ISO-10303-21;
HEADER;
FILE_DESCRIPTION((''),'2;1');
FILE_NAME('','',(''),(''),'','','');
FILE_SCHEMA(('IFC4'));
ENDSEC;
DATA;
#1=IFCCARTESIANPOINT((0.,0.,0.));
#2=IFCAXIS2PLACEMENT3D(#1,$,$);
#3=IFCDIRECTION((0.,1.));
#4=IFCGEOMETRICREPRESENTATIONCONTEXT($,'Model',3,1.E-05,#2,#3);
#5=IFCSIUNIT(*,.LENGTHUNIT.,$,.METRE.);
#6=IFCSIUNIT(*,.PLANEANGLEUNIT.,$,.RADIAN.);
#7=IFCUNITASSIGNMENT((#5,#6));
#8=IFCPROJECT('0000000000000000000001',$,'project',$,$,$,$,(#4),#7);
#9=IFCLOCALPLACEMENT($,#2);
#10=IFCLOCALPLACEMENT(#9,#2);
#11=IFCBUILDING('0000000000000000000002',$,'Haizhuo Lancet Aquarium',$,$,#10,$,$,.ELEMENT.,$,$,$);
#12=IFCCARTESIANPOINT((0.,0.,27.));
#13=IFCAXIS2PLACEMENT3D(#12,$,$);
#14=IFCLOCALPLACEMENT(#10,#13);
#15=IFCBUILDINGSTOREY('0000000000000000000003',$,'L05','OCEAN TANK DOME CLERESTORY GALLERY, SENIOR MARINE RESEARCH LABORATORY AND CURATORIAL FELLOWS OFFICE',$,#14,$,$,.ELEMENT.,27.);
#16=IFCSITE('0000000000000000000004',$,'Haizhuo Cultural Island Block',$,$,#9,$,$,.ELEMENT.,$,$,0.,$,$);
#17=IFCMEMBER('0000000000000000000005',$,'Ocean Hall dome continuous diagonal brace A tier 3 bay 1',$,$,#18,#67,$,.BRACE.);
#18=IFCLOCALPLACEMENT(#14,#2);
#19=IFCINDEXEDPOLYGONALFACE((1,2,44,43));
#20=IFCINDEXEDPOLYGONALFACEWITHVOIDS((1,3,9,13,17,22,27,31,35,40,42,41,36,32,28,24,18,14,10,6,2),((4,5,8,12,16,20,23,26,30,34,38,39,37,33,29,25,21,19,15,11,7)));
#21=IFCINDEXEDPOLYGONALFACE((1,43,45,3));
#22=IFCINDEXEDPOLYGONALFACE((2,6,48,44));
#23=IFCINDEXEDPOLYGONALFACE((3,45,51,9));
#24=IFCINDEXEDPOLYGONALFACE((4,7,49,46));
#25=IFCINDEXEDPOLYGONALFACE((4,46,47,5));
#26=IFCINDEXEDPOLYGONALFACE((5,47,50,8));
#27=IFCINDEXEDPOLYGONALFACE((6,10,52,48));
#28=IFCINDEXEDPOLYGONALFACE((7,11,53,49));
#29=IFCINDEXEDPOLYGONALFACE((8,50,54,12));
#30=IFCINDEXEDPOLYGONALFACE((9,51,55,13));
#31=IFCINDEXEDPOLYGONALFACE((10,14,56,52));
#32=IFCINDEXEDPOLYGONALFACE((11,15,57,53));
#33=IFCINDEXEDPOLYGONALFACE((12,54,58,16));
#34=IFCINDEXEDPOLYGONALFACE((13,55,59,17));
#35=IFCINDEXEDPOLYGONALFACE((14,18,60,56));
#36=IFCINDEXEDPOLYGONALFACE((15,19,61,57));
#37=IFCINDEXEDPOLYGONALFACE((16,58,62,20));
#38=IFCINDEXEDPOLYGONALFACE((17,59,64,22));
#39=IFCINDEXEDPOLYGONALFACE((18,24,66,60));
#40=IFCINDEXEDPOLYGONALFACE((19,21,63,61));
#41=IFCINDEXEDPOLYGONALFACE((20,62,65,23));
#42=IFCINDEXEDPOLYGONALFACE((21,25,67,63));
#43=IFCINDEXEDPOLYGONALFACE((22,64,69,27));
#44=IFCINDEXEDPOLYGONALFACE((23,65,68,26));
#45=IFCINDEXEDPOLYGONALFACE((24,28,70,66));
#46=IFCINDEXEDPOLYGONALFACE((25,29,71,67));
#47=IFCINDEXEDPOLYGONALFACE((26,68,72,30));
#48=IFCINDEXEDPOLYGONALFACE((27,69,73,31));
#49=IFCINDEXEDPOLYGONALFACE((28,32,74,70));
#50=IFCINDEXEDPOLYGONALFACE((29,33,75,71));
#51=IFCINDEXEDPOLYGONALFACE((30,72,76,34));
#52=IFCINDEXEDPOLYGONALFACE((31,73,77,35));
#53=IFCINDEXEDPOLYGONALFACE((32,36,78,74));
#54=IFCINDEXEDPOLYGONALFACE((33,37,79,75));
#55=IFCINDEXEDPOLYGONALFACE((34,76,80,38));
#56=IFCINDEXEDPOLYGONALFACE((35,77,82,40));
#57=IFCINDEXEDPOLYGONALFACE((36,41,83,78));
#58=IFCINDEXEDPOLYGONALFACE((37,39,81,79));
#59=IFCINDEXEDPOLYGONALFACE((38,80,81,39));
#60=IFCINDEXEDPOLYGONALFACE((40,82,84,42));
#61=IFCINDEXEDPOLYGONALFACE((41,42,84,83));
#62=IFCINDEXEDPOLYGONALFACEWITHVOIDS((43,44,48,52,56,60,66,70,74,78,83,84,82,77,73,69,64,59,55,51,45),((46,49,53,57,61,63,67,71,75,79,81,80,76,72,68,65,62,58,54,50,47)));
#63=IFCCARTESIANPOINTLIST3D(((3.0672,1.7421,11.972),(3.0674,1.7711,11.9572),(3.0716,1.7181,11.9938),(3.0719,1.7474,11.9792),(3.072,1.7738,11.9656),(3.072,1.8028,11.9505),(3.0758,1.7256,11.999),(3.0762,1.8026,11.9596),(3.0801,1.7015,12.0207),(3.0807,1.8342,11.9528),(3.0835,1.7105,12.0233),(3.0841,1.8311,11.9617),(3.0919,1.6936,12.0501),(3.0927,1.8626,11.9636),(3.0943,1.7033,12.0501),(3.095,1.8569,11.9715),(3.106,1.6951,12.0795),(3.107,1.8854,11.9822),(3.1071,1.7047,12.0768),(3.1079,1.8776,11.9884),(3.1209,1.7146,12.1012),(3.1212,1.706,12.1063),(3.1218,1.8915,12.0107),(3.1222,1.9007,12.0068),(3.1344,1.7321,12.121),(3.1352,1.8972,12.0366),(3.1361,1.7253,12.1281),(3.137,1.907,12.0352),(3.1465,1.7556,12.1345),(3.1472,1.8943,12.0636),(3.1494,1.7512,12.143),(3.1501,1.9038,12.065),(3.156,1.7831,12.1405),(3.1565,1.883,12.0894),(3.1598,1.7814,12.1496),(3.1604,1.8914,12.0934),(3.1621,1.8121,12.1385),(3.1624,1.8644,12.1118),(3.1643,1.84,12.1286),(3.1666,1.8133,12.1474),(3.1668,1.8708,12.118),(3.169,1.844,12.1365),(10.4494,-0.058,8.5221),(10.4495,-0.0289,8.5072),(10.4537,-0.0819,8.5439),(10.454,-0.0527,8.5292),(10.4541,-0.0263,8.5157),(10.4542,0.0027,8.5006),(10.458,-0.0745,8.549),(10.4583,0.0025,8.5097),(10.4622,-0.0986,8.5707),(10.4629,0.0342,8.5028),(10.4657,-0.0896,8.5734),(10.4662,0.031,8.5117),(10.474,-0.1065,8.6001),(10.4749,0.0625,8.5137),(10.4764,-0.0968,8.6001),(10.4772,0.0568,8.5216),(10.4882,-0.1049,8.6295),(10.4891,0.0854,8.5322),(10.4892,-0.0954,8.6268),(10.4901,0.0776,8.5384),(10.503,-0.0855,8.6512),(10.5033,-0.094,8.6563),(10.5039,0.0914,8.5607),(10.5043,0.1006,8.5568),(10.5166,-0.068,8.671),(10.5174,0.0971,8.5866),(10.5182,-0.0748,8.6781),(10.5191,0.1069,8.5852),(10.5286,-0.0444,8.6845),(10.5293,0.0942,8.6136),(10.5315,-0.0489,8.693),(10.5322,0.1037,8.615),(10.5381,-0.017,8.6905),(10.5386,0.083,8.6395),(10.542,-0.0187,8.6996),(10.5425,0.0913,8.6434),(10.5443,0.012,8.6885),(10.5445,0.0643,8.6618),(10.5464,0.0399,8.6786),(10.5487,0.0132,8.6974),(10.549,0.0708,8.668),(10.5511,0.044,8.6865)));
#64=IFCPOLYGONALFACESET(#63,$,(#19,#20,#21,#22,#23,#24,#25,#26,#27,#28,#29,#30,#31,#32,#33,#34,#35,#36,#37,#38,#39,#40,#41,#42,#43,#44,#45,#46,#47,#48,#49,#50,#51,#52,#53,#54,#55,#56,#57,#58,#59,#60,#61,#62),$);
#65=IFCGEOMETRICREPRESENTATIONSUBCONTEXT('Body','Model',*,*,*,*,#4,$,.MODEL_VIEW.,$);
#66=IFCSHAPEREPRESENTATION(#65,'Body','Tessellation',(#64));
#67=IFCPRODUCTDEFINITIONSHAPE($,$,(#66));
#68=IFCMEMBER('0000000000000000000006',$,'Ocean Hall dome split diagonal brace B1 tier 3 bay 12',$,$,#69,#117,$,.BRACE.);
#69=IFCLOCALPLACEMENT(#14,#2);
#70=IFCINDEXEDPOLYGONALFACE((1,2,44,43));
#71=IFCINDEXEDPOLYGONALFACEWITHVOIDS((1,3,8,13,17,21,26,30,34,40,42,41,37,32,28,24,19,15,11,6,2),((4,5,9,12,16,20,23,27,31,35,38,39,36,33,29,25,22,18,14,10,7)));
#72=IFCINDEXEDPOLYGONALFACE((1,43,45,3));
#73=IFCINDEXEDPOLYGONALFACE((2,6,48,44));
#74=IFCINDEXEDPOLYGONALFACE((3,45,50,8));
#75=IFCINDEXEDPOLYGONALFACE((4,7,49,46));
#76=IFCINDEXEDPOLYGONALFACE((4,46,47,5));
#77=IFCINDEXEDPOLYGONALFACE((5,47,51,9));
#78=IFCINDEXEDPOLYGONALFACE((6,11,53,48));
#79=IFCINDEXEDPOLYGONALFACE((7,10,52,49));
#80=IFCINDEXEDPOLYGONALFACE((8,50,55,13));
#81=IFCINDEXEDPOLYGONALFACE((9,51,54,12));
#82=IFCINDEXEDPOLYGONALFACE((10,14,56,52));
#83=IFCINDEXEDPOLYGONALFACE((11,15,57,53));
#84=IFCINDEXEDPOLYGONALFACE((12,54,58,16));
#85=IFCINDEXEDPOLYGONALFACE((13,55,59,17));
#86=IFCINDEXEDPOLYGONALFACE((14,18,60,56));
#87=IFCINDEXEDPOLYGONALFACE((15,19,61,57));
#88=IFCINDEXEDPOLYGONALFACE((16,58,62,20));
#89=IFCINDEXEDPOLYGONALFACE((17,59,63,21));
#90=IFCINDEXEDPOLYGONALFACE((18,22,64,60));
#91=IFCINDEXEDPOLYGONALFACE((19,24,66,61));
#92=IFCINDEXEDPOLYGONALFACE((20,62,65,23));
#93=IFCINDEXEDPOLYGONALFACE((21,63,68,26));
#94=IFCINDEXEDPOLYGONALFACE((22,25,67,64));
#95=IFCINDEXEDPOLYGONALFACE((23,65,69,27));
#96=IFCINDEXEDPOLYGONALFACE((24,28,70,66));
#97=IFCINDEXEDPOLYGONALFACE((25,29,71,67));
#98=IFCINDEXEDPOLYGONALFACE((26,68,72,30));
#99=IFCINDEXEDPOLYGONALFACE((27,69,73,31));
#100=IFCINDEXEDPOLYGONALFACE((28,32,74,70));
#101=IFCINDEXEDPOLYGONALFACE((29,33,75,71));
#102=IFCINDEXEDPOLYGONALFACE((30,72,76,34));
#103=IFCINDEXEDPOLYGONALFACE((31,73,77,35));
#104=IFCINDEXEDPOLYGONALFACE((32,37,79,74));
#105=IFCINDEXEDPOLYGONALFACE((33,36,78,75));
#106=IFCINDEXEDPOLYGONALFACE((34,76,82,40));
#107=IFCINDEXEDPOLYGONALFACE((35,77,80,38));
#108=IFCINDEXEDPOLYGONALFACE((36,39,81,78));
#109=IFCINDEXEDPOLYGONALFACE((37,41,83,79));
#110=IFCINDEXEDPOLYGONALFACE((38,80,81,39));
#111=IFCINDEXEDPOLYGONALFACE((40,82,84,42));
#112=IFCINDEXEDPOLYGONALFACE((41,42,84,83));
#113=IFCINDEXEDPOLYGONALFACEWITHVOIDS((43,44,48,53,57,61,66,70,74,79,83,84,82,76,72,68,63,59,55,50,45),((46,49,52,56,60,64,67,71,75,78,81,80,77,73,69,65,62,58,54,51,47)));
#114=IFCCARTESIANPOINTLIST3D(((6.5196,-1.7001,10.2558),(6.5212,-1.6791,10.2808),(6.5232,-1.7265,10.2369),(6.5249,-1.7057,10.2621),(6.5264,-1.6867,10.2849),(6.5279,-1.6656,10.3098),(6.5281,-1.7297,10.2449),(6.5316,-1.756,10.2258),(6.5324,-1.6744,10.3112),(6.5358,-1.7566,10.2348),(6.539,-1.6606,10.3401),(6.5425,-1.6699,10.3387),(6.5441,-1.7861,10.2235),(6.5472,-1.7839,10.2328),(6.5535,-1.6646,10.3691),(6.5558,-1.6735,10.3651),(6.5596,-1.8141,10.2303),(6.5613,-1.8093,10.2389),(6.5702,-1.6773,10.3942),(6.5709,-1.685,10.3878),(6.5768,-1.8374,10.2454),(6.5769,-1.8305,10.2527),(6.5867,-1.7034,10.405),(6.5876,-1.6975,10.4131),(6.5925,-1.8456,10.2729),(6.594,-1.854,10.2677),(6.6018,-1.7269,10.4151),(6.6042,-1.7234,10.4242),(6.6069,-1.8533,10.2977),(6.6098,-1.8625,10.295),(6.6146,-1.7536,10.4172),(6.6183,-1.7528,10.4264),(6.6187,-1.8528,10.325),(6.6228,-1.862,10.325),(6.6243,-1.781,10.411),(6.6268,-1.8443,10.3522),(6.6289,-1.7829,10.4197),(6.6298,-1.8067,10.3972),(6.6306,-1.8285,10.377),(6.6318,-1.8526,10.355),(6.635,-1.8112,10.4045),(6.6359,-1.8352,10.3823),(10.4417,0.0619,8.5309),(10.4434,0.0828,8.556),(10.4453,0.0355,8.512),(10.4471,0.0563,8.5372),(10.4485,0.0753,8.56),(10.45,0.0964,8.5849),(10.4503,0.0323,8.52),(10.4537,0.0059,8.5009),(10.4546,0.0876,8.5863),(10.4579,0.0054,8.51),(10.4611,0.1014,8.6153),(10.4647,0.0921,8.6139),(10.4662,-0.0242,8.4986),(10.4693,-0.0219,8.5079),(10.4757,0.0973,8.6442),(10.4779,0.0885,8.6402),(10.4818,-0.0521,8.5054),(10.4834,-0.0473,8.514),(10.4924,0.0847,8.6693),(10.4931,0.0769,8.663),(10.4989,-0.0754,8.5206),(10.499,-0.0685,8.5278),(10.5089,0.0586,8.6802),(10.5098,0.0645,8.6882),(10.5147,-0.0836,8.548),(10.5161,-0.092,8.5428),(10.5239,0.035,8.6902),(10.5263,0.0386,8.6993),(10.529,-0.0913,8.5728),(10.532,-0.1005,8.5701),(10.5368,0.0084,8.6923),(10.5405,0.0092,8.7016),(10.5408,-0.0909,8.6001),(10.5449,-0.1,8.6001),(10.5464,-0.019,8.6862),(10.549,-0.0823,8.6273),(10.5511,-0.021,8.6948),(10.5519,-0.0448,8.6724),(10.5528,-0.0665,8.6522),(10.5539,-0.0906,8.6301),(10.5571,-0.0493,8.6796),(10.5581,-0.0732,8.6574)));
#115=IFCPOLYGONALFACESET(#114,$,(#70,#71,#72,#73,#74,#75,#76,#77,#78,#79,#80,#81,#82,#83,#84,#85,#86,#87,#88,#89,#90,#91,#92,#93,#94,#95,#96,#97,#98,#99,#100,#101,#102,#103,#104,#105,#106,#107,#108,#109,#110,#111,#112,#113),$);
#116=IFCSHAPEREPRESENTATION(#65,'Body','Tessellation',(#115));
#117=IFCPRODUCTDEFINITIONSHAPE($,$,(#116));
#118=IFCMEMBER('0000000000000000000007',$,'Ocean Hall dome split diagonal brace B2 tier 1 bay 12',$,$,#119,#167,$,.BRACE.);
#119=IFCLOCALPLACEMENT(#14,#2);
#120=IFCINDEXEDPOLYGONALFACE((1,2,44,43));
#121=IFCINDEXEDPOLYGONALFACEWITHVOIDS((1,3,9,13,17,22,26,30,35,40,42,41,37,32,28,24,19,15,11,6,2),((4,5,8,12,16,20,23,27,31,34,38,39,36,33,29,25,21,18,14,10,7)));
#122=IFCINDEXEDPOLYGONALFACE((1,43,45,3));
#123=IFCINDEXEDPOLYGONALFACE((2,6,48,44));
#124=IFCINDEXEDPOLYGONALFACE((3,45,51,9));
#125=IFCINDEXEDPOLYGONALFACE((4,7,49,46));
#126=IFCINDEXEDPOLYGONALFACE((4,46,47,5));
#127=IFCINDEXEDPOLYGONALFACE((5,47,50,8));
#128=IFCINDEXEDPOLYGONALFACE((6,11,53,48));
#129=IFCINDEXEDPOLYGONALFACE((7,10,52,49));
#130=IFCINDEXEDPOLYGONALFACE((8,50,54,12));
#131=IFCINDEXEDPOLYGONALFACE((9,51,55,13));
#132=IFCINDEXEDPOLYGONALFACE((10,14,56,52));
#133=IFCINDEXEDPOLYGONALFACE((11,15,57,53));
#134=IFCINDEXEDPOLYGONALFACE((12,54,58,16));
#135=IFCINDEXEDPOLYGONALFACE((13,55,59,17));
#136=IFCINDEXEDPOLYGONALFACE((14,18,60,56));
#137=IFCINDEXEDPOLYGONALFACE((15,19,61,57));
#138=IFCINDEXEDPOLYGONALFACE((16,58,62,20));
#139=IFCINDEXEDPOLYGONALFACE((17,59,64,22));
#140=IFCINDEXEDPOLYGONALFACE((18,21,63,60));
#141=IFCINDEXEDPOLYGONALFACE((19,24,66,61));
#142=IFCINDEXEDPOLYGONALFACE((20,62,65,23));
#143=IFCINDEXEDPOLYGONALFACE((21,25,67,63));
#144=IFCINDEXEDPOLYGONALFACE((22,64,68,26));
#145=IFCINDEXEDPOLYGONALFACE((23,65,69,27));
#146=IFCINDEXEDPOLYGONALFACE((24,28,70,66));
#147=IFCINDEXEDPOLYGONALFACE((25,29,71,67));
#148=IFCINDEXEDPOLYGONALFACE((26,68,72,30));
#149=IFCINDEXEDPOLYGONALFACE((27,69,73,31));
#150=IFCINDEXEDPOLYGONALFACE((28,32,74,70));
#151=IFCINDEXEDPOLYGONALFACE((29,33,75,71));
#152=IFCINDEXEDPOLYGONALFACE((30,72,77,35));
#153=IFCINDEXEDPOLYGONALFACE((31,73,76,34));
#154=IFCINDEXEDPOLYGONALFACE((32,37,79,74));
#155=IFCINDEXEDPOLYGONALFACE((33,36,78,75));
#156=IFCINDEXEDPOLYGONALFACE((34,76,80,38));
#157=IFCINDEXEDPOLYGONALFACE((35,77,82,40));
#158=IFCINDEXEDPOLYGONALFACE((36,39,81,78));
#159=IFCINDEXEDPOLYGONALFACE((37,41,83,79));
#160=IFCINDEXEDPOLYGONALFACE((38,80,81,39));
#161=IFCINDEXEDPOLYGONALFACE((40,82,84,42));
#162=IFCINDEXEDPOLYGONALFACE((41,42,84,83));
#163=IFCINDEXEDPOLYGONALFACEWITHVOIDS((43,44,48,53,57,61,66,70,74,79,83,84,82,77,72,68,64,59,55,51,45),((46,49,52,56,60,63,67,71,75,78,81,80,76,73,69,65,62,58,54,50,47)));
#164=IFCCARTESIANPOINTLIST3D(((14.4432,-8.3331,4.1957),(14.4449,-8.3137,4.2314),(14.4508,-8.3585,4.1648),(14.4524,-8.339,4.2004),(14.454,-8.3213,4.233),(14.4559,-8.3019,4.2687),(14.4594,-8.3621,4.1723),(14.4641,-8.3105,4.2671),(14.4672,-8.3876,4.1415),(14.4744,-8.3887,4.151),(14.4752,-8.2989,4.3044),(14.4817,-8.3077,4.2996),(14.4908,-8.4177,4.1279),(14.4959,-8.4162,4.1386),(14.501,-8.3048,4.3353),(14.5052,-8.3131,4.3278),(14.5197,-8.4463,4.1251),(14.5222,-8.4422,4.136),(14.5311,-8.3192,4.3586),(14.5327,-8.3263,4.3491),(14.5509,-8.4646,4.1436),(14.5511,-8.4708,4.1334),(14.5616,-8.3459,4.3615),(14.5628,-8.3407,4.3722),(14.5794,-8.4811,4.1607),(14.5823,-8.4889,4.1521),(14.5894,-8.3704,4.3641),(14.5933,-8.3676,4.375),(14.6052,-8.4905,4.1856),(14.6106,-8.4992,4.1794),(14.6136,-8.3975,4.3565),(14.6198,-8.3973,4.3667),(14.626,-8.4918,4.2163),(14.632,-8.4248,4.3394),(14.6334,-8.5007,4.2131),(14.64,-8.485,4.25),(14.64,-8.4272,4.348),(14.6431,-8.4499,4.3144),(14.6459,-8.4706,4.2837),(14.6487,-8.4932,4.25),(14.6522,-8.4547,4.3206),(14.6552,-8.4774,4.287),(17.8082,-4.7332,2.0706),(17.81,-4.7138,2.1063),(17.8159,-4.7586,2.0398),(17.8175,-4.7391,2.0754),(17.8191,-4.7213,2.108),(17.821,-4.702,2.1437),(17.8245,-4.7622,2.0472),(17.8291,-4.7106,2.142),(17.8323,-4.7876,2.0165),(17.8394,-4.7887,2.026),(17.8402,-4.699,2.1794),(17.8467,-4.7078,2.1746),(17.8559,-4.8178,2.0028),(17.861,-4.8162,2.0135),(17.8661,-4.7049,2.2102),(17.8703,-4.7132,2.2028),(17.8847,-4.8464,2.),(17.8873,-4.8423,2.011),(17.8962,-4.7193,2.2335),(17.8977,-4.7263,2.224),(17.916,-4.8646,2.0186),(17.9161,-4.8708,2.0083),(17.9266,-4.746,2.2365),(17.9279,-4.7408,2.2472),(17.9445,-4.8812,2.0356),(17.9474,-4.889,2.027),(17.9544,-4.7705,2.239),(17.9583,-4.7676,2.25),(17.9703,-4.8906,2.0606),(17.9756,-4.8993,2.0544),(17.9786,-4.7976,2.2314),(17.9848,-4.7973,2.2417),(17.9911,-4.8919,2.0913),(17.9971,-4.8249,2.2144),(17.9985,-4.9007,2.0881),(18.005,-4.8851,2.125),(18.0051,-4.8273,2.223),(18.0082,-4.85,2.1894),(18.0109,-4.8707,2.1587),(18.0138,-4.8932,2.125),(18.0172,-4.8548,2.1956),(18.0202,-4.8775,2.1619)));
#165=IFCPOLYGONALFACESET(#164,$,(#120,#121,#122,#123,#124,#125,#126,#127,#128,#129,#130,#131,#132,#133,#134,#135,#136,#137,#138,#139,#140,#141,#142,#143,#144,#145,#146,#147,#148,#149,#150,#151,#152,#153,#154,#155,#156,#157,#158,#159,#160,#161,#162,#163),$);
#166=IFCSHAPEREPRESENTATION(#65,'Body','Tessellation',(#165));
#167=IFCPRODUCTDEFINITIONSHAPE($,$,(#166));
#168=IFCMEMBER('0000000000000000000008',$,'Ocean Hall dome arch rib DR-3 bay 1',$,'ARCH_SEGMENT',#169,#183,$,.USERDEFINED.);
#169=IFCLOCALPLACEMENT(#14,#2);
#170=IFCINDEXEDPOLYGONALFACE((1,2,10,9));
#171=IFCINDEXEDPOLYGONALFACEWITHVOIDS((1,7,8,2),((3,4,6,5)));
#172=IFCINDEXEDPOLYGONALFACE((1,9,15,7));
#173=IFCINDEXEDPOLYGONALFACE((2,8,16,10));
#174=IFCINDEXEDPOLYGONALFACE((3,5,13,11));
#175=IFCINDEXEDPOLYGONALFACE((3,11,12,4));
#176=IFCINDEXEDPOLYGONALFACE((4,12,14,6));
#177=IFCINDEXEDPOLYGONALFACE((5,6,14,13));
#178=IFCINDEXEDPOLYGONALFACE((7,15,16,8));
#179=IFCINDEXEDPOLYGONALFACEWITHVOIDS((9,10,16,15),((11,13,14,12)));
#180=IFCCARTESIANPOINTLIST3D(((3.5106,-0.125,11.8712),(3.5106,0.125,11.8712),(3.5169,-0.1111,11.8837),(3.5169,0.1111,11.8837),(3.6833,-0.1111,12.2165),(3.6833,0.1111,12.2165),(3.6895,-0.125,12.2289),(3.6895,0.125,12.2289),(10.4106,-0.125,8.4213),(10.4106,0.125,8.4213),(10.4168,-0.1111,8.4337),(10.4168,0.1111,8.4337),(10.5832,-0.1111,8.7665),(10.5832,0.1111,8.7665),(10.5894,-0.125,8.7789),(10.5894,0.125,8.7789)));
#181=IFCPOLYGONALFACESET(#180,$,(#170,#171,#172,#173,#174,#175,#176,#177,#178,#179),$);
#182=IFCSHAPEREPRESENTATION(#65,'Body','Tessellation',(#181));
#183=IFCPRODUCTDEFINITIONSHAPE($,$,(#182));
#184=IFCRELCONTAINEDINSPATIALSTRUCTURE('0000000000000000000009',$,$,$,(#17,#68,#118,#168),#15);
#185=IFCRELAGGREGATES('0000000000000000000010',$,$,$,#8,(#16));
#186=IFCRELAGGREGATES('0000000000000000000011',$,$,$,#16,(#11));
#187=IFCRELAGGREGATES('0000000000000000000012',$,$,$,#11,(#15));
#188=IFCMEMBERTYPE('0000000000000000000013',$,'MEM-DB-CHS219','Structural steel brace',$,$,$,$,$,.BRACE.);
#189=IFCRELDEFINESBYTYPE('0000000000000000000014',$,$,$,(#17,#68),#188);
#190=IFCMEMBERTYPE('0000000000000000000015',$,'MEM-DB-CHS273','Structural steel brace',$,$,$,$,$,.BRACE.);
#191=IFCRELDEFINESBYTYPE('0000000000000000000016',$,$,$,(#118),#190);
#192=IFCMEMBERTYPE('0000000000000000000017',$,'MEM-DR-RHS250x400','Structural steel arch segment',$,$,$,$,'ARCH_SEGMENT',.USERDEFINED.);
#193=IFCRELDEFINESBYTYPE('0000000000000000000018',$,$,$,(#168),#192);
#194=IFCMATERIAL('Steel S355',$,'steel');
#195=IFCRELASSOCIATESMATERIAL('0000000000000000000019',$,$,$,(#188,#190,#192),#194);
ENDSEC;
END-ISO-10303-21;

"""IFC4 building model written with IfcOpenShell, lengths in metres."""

from ifc_helpers import new_model, si_unit, direction, frame, origin, origin_2d, place, context, subcontext, project, spatial, hollow_rectangle, hollow_circle, extrude, material, material_profile, profile_set, type_object, element, save


model = new_model("IFC4")

# Units and contexts
model_context = context("Model", 3, precision=1e-05, world=origin(), true_north=direction((0.0, 1.0)))
body_context = subcontext(model_context, "Body", "Model", "MODEL_VIEW")
ifc_project = project(units=[si_unit("LENGTHUNIT", "METRE"), si_unit("PLANEANGLEUNIT", "RADIAN")], contexts=[model_context])

# Site, building, storey
site_placement = place(None, origin())
site = spatial("IfcSite", under=ifc_project, at=site_placement, Name="Haizhuo Cultural Island Block", CompositionType="ELEMENT", RefElevation=0.0)
building_placement = place(site_placement, origin())
building = spatial("IfcBuilding", under=site, at=building_placement, Name="Haizhuo Lancet Aquarium", CompositionType="ELEMENT")
storey_placement = place(building_placement, frame((0.0, 0.0, 27.0)))
storey = spatial("IfcBuildingStorey", under=building, at=storey_placement, Name="L05", Description="OCEAN TANK DOME CLERESTORY GALLERY, SENIOR MARINE RESEARCH LABORATORY AND CURATORIAL FELLOWS OFFICE", CompositionType="ELEMENT", Elevation=27.0)

# Members
ifc_material_1 = material(Name="Steel S355", Category="steel")
ifc_material_profile_1 = material_profile(ifc_material_1, hollow_circle(Radius=0.1096, WallThickness=0.01, at=origin_2d()), Name="CHS 219x10")
ifc_profile_set_1 = profile_set([ifc_material_profile_1], Name="Steel S355")
member_type_1 = type_object("IfcMemberType", Name="MEM-DB-CHS219", Description="Structural steel brace", PredefinedType="BRACE", material=ifc_profile_set_1)
member_1_placement = place(storey_placement, frame((10.5, 0.0, 8.6001), z_axis=(-0.884621, 0.215706, 0.41342), x_axis=(-0.236899, -0.971534, 0.0)))
element("IfcMember", 1, at=member_1_placement, inside=storey, type_object=member_type_1, Name="Ocean Hall dome continuous diagonal brace A tier 3 bay 1", PredefinedType="BRACE", context=body_context, shape_type="SweptSolid", body=[
    extrude(hollow_circle(Radius=0.1096, WallThickness=0.01, at=origin_2d()), origin(), (0.0, 0.0, 1.0), 8.345),
])
member_2_placement = place(storey_placement, frame((10.5, 0.0, 8.6001), z_axis=(-0.846602, -0.380325, 0.372315), x_axis=(0.409786, -0.912182, 0.0)))
element("IfcMember", 2, at=member_2_placement, inside=storey, type_object=member_type_1, Name="Ocean Hall dome split diagonal brace B1 tier 3 bay 12", PredefinedType="BRACE", context=body_context, shape_type="SweptSolid", body=[
    extrude(hollow_circle(Radius=0.1096, WallThickness=0.01, at=origin_2d()), origin(), (0.0, 0.0, 1.0), 4.6328),
])
ifc_material_profile_2 = material_profile(ifc_material_1, hollow_circle(Radius=0.1365, WallThickness=0.012, at=origin_2d()), Name="CHS 273x12")
ifc_profile_set_2 = profile_set([ifc_material_profile_2], Name="Steel S355")
member_type_2 = type_object("IfcMemberType", Name="MEM-DB-CHS273", Description="Structural steel brace", PredefinedType="BRACE", material=ifc_profile_set_2)
member_3_placement = place(storey_placement, frame((17.9141, -4.8, 2.125), z_axis=(-0.627054, -0.67082, 0.395986), x_axis=(0.730536, -0.682874, 0.0)))
element("IfcMember", 3, at=member_3_placement, inside=storey, type_object=member_type_2, Name="Ocean Hall dome split diagonal brace B2 tier 1 bay 12", PredefinedType="BRACE", context=body_context, shape_type="SweptSolid", body=[
    extrude(hollow_circle(Radius=0.1365, WallThickness=0.012, at=origin_2d()), origin(), (0.0, 0.0, 1.0), 5.3665),
])
ifc_material_profile_3 = material_profile(ifc_material_1, hollow_rectangle(XDim=0.25, YDim=0.3999, WallThickness=0.0139, at=origin_2d()), Name="RHS 250x400x14")
ifc_profile_set_3 = profile_set([ifc_material_profile_3], Name="Steel S355")
member_type_3 = type_object("IfcMemberType", Name="MEM-DR-RHS250x400", Description="Structural steel arch segment", ElementType="ARCH_SEGMENT", PredefinedType="USERDEFINED", material=ifc_profile_set_3)
member_4_placement = place(storey_placement, frame((10.5, 0.0, 8.6001), z_axis=(-0.894427, 0.0, 0.447214), x_axis=(0.0, -1.0, 0.0)))
element("IfcMember", 4, at=member_4_placement, inside=storey, type_object=member_type_3, Name="Ocean Hall dome arch rib DR-3 bay 1", ObjectType="ARCH_SEGMENT", PredefinedType="USERDEFINED", context=body_context, shape_type="SweptSolid", body=[
    extrude(hollow_rectangle(XDim=0.25, YDim=0.3999, WallThickness=0.0139, at=origin_2d()), origin(), (0.0, 0.0, 1.0), 7.7144),
])

save(model, "model.ifc")
